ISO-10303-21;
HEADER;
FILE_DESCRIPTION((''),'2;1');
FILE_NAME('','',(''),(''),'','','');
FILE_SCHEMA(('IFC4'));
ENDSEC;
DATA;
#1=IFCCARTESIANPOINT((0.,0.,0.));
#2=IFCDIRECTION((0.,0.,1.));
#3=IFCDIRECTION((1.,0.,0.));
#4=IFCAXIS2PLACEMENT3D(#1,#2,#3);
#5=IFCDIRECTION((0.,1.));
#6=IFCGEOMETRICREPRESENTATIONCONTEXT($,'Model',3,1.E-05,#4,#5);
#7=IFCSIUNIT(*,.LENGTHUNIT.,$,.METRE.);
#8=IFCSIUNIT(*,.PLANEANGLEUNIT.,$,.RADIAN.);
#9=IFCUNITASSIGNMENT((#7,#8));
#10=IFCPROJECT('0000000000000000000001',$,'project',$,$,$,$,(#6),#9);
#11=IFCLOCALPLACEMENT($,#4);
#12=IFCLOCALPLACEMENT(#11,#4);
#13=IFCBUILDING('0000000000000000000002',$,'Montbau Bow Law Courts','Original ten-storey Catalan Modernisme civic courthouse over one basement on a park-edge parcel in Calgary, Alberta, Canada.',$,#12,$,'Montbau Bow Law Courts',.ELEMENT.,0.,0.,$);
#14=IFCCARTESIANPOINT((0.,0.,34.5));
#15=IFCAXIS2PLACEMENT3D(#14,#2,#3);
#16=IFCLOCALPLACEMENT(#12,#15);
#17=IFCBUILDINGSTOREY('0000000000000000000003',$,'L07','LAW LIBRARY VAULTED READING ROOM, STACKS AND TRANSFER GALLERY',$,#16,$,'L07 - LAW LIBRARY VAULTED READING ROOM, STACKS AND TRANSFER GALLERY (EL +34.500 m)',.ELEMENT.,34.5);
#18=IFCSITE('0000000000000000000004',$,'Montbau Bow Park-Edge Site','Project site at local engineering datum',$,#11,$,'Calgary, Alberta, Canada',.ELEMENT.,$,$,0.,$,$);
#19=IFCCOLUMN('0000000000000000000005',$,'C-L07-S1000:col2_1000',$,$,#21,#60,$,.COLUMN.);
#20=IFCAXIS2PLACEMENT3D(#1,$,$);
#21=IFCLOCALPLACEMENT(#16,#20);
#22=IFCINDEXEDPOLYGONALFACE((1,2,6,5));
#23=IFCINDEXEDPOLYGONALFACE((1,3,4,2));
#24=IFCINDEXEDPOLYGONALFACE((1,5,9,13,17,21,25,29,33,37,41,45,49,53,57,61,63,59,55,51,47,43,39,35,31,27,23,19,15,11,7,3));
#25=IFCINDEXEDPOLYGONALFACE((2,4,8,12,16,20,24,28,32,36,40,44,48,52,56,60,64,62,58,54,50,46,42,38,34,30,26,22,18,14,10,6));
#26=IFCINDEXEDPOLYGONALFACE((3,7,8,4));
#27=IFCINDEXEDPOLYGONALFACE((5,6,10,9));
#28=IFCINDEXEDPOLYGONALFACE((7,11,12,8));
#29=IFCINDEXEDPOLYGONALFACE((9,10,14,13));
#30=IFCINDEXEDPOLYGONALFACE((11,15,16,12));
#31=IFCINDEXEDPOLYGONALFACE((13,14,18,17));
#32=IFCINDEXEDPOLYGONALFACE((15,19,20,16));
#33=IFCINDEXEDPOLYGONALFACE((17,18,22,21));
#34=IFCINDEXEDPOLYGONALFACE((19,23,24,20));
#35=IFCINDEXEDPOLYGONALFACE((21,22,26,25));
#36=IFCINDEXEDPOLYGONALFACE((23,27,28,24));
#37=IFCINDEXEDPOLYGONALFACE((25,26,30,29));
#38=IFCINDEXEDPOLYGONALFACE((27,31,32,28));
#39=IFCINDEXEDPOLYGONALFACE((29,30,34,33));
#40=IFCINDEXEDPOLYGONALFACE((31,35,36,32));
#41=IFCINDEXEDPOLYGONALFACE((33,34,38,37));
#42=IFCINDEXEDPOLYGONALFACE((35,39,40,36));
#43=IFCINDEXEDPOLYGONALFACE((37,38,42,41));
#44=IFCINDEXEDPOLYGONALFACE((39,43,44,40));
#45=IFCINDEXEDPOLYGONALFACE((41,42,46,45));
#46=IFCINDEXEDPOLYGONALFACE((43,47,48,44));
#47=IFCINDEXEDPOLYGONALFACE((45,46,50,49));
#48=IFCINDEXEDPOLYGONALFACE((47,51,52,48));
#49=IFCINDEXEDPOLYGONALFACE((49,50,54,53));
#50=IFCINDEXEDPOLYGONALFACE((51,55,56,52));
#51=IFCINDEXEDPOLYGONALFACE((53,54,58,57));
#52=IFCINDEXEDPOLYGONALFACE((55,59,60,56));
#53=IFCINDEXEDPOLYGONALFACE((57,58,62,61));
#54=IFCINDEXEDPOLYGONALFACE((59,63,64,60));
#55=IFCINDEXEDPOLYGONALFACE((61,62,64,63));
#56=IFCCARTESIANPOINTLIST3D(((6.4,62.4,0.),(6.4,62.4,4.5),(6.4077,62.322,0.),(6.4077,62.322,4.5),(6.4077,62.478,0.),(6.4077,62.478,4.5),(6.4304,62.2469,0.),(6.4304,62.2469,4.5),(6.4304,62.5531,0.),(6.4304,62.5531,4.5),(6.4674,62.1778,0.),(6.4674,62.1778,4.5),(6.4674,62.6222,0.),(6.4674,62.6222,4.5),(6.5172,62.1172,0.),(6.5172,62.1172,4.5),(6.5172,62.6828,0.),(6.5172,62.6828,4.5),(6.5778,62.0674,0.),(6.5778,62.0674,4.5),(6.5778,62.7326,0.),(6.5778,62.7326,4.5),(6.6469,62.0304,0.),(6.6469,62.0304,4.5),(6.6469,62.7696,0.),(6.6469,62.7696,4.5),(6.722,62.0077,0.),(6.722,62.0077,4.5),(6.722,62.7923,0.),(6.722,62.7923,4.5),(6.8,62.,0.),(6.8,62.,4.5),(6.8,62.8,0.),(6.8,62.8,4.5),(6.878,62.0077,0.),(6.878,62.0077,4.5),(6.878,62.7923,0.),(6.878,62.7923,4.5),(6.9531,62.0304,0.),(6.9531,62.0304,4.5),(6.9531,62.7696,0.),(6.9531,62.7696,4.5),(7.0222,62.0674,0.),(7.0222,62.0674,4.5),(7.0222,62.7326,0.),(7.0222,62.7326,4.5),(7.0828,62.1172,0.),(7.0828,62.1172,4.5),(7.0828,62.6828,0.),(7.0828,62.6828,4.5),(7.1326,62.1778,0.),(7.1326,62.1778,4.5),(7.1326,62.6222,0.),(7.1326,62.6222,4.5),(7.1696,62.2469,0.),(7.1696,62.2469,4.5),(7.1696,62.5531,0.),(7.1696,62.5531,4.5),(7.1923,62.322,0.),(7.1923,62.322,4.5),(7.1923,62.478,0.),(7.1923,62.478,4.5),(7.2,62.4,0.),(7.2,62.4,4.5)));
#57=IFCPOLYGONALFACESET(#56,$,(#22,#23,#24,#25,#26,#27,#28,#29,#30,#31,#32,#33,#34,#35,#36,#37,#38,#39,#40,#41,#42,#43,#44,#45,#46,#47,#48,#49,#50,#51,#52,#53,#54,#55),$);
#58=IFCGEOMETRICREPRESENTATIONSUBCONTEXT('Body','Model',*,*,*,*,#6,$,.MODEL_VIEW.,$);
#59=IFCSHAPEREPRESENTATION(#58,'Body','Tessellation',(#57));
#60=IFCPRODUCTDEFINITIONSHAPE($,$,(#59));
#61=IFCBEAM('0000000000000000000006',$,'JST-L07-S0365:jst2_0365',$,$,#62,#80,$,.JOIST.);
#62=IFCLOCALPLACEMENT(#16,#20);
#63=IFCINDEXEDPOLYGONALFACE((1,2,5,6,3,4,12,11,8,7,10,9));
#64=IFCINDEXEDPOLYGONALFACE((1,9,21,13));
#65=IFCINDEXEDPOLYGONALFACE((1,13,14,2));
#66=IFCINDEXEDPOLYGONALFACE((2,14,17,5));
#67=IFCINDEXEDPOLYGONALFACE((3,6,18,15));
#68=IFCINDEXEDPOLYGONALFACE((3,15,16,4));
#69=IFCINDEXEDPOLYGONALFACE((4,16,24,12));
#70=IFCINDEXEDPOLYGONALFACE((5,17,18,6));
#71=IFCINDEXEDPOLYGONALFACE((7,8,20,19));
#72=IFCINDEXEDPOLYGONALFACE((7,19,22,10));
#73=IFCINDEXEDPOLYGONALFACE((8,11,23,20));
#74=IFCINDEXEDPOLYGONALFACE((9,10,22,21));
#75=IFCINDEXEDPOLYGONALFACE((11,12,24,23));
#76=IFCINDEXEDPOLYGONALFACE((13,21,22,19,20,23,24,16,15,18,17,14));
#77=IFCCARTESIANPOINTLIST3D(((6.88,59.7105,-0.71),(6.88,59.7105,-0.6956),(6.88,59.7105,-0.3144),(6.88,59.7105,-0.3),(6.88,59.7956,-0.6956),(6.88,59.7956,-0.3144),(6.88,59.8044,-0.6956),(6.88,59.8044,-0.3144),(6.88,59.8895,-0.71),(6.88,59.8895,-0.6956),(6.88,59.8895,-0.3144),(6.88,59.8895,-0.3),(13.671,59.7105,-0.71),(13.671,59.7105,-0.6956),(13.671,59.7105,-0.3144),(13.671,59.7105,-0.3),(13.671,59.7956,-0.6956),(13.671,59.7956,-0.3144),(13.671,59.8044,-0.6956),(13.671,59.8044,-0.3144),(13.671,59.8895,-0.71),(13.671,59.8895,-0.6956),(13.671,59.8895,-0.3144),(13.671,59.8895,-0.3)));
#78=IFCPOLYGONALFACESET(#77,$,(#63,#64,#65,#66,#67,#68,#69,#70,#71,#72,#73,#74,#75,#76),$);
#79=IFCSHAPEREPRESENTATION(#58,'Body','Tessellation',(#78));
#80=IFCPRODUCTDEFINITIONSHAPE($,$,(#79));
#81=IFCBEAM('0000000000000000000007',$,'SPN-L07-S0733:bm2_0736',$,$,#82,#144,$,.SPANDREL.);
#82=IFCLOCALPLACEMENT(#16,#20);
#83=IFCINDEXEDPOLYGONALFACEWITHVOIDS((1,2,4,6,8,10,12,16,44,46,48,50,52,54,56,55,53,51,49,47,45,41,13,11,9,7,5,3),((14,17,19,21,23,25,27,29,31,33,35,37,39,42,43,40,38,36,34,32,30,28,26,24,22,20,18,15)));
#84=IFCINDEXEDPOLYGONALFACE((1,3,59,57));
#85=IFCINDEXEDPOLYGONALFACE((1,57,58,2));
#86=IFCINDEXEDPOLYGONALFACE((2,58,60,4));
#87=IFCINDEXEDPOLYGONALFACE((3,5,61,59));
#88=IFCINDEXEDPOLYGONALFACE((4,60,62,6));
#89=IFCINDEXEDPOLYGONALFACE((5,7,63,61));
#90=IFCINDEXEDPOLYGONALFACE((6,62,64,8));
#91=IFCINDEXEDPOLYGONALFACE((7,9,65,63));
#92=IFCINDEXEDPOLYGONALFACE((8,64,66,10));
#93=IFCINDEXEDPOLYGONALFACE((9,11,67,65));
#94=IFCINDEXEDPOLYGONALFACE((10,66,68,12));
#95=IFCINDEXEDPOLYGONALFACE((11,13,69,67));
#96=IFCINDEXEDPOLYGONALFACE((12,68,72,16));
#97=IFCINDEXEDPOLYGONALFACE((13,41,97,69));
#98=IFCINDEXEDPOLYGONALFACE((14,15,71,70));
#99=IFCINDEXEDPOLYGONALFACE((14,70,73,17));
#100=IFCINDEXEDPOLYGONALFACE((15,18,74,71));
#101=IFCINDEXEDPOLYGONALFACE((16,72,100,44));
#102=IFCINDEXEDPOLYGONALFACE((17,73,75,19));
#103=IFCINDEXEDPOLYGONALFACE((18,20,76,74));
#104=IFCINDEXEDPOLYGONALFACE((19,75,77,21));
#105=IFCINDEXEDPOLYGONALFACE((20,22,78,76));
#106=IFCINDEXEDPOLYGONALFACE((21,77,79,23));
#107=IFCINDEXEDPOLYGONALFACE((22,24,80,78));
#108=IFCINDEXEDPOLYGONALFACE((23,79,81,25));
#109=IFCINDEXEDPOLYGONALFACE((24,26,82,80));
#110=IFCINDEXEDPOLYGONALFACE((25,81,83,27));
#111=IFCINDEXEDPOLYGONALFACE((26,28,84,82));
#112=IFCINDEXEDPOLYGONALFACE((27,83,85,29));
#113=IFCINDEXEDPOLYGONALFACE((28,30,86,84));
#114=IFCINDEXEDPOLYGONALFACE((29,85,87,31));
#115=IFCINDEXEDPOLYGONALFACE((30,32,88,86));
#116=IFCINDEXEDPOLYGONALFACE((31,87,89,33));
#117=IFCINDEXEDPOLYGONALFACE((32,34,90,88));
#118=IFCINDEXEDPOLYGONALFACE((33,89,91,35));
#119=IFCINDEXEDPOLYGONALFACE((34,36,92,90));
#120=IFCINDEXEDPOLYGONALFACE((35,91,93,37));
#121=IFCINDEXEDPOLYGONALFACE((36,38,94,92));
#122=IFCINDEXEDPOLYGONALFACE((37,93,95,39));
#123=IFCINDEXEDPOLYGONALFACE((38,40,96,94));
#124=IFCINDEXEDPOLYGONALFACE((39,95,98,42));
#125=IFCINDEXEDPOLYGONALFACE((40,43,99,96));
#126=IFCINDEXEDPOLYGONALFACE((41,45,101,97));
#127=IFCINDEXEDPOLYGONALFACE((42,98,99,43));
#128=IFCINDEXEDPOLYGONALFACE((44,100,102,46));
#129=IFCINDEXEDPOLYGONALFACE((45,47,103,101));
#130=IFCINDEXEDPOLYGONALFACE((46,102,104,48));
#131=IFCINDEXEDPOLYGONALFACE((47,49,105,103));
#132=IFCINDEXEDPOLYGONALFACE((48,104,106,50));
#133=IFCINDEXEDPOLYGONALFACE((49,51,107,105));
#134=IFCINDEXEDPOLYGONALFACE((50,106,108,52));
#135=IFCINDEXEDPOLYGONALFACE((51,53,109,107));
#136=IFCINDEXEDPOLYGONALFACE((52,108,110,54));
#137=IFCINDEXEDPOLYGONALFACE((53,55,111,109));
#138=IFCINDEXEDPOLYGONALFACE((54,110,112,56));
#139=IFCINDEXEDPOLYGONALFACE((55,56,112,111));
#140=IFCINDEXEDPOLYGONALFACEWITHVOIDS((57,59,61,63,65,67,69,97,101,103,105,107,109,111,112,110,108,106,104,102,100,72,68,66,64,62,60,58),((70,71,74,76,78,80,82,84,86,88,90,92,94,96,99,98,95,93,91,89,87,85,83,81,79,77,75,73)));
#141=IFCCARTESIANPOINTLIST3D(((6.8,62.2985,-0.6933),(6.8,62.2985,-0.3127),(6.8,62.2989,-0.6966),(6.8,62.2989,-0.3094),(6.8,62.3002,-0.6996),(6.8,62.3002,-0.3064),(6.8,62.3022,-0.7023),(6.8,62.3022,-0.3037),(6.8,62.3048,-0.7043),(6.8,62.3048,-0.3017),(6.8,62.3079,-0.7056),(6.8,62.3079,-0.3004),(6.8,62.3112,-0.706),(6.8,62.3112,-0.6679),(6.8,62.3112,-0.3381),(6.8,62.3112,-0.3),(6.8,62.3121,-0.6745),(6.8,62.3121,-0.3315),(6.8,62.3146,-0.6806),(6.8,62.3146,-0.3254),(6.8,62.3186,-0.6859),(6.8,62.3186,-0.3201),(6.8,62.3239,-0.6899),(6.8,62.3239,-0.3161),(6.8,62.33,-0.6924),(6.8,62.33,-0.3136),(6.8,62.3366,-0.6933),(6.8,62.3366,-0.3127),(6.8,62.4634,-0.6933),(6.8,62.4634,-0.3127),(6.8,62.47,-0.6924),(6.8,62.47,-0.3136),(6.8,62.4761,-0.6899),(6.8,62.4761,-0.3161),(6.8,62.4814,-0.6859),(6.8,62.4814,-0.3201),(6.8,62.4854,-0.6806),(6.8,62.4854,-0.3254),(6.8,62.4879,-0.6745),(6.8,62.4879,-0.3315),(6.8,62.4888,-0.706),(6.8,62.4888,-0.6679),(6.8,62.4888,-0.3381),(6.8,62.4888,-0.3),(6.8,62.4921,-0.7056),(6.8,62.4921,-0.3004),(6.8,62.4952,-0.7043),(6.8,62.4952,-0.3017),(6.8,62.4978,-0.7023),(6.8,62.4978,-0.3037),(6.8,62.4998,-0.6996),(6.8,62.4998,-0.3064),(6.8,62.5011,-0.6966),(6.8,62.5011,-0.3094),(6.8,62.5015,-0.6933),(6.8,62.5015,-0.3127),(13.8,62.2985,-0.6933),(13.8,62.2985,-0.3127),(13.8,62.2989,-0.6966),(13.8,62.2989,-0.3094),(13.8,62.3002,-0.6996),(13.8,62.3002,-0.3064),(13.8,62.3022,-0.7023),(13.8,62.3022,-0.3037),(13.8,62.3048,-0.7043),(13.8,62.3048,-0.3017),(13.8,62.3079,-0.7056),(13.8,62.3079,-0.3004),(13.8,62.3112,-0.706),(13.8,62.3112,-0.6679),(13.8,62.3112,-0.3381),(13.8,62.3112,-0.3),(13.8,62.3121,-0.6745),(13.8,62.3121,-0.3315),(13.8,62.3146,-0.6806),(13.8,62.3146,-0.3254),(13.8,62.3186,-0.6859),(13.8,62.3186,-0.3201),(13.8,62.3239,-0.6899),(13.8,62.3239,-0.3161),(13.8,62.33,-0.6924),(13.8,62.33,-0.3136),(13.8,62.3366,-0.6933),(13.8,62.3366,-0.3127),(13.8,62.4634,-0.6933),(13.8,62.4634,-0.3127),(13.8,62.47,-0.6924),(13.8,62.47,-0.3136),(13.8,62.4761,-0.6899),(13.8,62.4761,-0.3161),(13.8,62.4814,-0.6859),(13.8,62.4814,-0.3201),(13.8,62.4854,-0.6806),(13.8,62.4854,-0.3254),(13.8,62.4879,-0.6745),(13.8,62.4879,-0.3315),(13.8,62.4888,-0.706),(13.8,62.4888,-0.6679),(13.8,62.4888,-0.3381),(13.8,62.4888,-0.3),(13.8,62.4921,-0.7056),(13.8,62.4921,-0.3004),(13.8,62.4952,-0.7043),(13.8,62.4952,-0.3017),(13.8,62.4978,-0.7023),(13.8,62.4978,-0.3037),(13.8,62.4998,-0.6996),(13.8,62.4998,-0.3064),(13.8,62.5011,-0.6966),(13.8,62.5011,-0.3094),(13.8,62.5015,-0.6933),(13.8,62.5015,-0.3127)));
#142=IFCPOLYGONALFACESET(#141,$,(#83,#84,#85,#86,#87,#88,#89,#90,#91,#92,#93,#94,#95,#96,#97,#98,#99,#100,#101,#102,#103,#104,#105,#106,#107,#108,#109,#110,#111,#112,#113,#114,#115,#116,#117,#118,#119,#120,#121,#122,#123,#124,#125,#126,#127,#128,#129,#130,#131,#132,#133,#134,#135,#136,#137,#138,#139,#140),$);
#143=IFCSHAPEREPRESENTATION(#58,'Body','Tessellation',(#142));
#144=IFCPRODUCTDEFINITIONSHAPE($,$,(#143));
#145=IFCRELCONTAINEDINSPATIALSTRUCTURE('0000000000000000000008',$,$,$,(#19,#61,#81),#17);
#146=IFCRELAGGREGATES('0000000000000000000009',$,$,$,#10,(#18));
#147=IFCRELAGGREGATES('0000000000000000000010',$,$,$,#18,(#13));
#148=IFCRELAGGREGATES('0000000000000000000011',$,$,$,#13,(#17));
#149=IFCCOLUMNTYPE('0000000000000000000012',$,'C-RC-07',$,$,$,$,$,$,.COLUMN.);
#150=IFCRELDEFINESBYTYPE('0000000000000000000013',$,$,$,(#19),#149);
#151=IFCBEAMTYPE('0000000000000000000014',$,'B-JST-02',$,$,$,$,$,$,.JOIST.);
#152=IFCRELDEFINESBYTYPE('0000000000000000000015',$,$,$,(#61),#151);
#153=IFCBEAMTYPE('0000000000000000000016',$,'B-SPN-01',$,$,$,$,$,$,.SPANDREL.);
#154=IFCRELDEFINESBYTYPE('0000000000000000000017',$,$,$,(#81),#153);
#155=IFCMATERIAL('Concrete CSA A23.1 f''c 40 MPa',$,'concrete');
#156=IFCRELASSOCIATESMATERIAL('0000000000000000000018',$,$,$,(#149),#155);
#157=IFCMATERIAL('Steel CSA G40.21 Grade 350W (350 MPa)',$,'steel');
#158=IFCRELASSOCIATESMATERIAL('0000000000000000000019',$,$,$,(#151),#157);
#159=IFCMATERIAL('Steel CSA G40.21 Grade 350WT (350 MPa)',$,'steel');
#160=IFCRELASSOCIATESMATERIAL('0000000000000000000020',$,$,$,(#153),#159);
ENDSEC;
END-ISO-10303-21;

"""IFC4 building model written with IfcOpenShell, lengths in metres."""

from ifc_helpers import new_model, si_unit, direction, frame, origin_with_axes, origin_2d_with_axis, place, context, subcontext, project, spatial, hollow_rectangle, circle, i_section, extrude, material, material_profile, profile_set, type_object, element, save


model = new_model("IFC4")

# Units and contexts
model_context = context("Model", 3, precision=1e-05, world=origin_with_axes(), true_north=direction((0.0, 1.0)))
body_context = subcontext(model_context, "Body", "Model", "MODEL_VIEW")
ifc_project = project(units=[si_unit("LENGTHUNIT", "METRE"), si_unit("PLANEANGLEUNIT", "RADIAN")], contexts=[model_context])

# Site, building, storey
site_placement = place(None, origin_with_axes())
site = spatial("IfcSite", under=ifc_project, at=site_placement, Name="Montbau Bow Park-Edge Site", Description="Project site at local engineering datum", LongName="Calgary, Alberta, Canada", CompositionType="ELEMENT", RefElevation=0.0)
building_placement = place(site_placement, origin_with_axes())
building = spatial("IfcBuilding", under=site, at=building_placement, Name="Montbau Bow Law Courts", Description="Original ten-storey Catalan Modernisme civic courthouse over one basement on a park-edge parcel in Calgary, Alberta, Canada.", LongName="Montbau Bow Law Courts", CompositionType="ELEMENT", ElevationOfRefHeight=0.0, ElevationOfTerrain=0.0)
storey_placement = place(building_placement, frame((0.0, 0.0, 34.5), z_axis=(0.0, 0.0, 1.0), x_axis=(1.0, 0.0, 0.0)))
storey = spatial("IfcBuildingStorey", under=building, at=storey_placement, Name="L07", Description="LAW LIBRARY VAULTED READING ROOM, STACKS AND TRANSFER GALLERY", LongName="L07 - LAW LIBRARY VAULTED READING ROOM, STACKS AND TRANSFER GALLERY (EL +34.500 m)", CompositionType="ELEMENT", Elevation=34.5)

# Column
ifc_material_1 = material(Name="Concrete CSA A23.1 f'c 40 MPa", Category="concrete")
ifc_material_profile_1 = material_profile(ifc_material_1, circle(Radius=0.4, at=origin_2d_with_axis()), Name="RC800D", Category="Main", Priority=0)
ifc_profile_set_1 = profile_set([ifc_material_profile_1], Name="Concrete CSA A23.1 f'c 40 MPa")
column_type = type_object("IfcColumnType", Name="C-RC-07", PredefinedType="COLUMN", material=ifc_profile_set_1)
column_placement = place(None, frame((6.8, 62.4, 34.5), z_axis=(0.0, 0.0, 1.0), x_axis=(1.0, 0.0, 0.0)))
element("IfcColumn", 1, at=column_placement, inside=storey, type_object=column_type, Name="C-L07-S1000:col2_1000", PredefinedType="COLUMN", context=body_context, shape_type="SweptSolid", body=[
    extrude(circle(Radius=0.4, at=origin_2d_with_axis()), origin_with_axes(), (0.0, 0.0, 1.0), 4.5),
])

# Beams
ifc_material_2 = material(Name="Steel CSA G40.21 Grade 350W (350 MPa)", Category="steel")
ifc_material_profile_2 = material_profile(ifc_material_2, i_section(OverallWidth=0.179, OverallDepth=0.41, WebThickness=0.0088, FlangeThickness=0.0144, at=origin_2d_with_axis()), Name="W410X67", Category="Main", Priority=0)
ifc_profile_set_2 = profile_set([ifc_material_profile_2], Name="Steel CSA G40.21 Grade 350W (350 MPa)")
beam_type_1 = type_object("IfcBeamType", Name="B-JST-02", PredefinedType="JOIST", material=ifc_profile_set_2)
beam_1_placement = place(None, frame((6.88, 59.8, 33.995), z_axis=(1.0, 0.0, 0.0), x_axis=(0.0, 1.0, 0.0)))
element("IfcBeam", 2, at=beam_1_placement, inside=storey, type_object=beam_type_1, Name="JST-L07-S0365:jst2_0365", PredefinedType="JOIST", context=body_context, shape_type="SweptSolid", body=[
    extrude(i_section(OverallWidth=0.179, OverallDepth=0.41, WebThickness=0.0088, FlangeThickness=0.0144, at=origin_2d_with_axis()), origin_with_axes(), (0.0, 0.0, 1.0), 6.791),
])
ifc_material_3 = material(Name="Steel CSA G40.21 Grade 350WT (350 MPa)", Category="steel")
ifc_material_profile_3 = material_profile(ifc_material_3, hollow_rectangle(XDim=0.203, YDim=0.406, WallThickness=0.0127, InnerFilletRadius=0.0254, OuterFilletRadius=0.0127, at=origin_2d_with_axis()), Name="HSS406X203X13", Category="Main", Priority=0)
ifc_profile_set_3 = profile_set([ifc_material_profile_3], Name="Steel CSA G40.21 Grade 350WT (350 MPa)")
beam_type_2 = type_object("IfcBeamType", Name="B-SPN-01", PredefinedType="SPANDREL", material=ifc_profile_set_3)
beam_2_placement = place(None, frame((6.8, 62.4, 33.997), z_axis=(1.0, 0.0, 0.0), x_axis=(0.0, 1.0, 0.0)))
element("IfcBeam", 3, at=beam_2_placement, inside=storey, type_object=beam_type_2, Name="SPN-L07-S0733:bm2_0736", PredefinedType="SPANDREL", context=body_context, shape_type="SweptSolid", body=[
    extrude(hollow_rectangle(XDim=0.203, YDim=0.406, WallThickness=0.0127, InnerFilletRadius=0.0254, OuterFilletRadius=0.0127, at=origin_2d_with_axis()), origin_with_axes(), (0.0, 0.0, 1.0), 7.0),
])

save(model, "model.ifc")
